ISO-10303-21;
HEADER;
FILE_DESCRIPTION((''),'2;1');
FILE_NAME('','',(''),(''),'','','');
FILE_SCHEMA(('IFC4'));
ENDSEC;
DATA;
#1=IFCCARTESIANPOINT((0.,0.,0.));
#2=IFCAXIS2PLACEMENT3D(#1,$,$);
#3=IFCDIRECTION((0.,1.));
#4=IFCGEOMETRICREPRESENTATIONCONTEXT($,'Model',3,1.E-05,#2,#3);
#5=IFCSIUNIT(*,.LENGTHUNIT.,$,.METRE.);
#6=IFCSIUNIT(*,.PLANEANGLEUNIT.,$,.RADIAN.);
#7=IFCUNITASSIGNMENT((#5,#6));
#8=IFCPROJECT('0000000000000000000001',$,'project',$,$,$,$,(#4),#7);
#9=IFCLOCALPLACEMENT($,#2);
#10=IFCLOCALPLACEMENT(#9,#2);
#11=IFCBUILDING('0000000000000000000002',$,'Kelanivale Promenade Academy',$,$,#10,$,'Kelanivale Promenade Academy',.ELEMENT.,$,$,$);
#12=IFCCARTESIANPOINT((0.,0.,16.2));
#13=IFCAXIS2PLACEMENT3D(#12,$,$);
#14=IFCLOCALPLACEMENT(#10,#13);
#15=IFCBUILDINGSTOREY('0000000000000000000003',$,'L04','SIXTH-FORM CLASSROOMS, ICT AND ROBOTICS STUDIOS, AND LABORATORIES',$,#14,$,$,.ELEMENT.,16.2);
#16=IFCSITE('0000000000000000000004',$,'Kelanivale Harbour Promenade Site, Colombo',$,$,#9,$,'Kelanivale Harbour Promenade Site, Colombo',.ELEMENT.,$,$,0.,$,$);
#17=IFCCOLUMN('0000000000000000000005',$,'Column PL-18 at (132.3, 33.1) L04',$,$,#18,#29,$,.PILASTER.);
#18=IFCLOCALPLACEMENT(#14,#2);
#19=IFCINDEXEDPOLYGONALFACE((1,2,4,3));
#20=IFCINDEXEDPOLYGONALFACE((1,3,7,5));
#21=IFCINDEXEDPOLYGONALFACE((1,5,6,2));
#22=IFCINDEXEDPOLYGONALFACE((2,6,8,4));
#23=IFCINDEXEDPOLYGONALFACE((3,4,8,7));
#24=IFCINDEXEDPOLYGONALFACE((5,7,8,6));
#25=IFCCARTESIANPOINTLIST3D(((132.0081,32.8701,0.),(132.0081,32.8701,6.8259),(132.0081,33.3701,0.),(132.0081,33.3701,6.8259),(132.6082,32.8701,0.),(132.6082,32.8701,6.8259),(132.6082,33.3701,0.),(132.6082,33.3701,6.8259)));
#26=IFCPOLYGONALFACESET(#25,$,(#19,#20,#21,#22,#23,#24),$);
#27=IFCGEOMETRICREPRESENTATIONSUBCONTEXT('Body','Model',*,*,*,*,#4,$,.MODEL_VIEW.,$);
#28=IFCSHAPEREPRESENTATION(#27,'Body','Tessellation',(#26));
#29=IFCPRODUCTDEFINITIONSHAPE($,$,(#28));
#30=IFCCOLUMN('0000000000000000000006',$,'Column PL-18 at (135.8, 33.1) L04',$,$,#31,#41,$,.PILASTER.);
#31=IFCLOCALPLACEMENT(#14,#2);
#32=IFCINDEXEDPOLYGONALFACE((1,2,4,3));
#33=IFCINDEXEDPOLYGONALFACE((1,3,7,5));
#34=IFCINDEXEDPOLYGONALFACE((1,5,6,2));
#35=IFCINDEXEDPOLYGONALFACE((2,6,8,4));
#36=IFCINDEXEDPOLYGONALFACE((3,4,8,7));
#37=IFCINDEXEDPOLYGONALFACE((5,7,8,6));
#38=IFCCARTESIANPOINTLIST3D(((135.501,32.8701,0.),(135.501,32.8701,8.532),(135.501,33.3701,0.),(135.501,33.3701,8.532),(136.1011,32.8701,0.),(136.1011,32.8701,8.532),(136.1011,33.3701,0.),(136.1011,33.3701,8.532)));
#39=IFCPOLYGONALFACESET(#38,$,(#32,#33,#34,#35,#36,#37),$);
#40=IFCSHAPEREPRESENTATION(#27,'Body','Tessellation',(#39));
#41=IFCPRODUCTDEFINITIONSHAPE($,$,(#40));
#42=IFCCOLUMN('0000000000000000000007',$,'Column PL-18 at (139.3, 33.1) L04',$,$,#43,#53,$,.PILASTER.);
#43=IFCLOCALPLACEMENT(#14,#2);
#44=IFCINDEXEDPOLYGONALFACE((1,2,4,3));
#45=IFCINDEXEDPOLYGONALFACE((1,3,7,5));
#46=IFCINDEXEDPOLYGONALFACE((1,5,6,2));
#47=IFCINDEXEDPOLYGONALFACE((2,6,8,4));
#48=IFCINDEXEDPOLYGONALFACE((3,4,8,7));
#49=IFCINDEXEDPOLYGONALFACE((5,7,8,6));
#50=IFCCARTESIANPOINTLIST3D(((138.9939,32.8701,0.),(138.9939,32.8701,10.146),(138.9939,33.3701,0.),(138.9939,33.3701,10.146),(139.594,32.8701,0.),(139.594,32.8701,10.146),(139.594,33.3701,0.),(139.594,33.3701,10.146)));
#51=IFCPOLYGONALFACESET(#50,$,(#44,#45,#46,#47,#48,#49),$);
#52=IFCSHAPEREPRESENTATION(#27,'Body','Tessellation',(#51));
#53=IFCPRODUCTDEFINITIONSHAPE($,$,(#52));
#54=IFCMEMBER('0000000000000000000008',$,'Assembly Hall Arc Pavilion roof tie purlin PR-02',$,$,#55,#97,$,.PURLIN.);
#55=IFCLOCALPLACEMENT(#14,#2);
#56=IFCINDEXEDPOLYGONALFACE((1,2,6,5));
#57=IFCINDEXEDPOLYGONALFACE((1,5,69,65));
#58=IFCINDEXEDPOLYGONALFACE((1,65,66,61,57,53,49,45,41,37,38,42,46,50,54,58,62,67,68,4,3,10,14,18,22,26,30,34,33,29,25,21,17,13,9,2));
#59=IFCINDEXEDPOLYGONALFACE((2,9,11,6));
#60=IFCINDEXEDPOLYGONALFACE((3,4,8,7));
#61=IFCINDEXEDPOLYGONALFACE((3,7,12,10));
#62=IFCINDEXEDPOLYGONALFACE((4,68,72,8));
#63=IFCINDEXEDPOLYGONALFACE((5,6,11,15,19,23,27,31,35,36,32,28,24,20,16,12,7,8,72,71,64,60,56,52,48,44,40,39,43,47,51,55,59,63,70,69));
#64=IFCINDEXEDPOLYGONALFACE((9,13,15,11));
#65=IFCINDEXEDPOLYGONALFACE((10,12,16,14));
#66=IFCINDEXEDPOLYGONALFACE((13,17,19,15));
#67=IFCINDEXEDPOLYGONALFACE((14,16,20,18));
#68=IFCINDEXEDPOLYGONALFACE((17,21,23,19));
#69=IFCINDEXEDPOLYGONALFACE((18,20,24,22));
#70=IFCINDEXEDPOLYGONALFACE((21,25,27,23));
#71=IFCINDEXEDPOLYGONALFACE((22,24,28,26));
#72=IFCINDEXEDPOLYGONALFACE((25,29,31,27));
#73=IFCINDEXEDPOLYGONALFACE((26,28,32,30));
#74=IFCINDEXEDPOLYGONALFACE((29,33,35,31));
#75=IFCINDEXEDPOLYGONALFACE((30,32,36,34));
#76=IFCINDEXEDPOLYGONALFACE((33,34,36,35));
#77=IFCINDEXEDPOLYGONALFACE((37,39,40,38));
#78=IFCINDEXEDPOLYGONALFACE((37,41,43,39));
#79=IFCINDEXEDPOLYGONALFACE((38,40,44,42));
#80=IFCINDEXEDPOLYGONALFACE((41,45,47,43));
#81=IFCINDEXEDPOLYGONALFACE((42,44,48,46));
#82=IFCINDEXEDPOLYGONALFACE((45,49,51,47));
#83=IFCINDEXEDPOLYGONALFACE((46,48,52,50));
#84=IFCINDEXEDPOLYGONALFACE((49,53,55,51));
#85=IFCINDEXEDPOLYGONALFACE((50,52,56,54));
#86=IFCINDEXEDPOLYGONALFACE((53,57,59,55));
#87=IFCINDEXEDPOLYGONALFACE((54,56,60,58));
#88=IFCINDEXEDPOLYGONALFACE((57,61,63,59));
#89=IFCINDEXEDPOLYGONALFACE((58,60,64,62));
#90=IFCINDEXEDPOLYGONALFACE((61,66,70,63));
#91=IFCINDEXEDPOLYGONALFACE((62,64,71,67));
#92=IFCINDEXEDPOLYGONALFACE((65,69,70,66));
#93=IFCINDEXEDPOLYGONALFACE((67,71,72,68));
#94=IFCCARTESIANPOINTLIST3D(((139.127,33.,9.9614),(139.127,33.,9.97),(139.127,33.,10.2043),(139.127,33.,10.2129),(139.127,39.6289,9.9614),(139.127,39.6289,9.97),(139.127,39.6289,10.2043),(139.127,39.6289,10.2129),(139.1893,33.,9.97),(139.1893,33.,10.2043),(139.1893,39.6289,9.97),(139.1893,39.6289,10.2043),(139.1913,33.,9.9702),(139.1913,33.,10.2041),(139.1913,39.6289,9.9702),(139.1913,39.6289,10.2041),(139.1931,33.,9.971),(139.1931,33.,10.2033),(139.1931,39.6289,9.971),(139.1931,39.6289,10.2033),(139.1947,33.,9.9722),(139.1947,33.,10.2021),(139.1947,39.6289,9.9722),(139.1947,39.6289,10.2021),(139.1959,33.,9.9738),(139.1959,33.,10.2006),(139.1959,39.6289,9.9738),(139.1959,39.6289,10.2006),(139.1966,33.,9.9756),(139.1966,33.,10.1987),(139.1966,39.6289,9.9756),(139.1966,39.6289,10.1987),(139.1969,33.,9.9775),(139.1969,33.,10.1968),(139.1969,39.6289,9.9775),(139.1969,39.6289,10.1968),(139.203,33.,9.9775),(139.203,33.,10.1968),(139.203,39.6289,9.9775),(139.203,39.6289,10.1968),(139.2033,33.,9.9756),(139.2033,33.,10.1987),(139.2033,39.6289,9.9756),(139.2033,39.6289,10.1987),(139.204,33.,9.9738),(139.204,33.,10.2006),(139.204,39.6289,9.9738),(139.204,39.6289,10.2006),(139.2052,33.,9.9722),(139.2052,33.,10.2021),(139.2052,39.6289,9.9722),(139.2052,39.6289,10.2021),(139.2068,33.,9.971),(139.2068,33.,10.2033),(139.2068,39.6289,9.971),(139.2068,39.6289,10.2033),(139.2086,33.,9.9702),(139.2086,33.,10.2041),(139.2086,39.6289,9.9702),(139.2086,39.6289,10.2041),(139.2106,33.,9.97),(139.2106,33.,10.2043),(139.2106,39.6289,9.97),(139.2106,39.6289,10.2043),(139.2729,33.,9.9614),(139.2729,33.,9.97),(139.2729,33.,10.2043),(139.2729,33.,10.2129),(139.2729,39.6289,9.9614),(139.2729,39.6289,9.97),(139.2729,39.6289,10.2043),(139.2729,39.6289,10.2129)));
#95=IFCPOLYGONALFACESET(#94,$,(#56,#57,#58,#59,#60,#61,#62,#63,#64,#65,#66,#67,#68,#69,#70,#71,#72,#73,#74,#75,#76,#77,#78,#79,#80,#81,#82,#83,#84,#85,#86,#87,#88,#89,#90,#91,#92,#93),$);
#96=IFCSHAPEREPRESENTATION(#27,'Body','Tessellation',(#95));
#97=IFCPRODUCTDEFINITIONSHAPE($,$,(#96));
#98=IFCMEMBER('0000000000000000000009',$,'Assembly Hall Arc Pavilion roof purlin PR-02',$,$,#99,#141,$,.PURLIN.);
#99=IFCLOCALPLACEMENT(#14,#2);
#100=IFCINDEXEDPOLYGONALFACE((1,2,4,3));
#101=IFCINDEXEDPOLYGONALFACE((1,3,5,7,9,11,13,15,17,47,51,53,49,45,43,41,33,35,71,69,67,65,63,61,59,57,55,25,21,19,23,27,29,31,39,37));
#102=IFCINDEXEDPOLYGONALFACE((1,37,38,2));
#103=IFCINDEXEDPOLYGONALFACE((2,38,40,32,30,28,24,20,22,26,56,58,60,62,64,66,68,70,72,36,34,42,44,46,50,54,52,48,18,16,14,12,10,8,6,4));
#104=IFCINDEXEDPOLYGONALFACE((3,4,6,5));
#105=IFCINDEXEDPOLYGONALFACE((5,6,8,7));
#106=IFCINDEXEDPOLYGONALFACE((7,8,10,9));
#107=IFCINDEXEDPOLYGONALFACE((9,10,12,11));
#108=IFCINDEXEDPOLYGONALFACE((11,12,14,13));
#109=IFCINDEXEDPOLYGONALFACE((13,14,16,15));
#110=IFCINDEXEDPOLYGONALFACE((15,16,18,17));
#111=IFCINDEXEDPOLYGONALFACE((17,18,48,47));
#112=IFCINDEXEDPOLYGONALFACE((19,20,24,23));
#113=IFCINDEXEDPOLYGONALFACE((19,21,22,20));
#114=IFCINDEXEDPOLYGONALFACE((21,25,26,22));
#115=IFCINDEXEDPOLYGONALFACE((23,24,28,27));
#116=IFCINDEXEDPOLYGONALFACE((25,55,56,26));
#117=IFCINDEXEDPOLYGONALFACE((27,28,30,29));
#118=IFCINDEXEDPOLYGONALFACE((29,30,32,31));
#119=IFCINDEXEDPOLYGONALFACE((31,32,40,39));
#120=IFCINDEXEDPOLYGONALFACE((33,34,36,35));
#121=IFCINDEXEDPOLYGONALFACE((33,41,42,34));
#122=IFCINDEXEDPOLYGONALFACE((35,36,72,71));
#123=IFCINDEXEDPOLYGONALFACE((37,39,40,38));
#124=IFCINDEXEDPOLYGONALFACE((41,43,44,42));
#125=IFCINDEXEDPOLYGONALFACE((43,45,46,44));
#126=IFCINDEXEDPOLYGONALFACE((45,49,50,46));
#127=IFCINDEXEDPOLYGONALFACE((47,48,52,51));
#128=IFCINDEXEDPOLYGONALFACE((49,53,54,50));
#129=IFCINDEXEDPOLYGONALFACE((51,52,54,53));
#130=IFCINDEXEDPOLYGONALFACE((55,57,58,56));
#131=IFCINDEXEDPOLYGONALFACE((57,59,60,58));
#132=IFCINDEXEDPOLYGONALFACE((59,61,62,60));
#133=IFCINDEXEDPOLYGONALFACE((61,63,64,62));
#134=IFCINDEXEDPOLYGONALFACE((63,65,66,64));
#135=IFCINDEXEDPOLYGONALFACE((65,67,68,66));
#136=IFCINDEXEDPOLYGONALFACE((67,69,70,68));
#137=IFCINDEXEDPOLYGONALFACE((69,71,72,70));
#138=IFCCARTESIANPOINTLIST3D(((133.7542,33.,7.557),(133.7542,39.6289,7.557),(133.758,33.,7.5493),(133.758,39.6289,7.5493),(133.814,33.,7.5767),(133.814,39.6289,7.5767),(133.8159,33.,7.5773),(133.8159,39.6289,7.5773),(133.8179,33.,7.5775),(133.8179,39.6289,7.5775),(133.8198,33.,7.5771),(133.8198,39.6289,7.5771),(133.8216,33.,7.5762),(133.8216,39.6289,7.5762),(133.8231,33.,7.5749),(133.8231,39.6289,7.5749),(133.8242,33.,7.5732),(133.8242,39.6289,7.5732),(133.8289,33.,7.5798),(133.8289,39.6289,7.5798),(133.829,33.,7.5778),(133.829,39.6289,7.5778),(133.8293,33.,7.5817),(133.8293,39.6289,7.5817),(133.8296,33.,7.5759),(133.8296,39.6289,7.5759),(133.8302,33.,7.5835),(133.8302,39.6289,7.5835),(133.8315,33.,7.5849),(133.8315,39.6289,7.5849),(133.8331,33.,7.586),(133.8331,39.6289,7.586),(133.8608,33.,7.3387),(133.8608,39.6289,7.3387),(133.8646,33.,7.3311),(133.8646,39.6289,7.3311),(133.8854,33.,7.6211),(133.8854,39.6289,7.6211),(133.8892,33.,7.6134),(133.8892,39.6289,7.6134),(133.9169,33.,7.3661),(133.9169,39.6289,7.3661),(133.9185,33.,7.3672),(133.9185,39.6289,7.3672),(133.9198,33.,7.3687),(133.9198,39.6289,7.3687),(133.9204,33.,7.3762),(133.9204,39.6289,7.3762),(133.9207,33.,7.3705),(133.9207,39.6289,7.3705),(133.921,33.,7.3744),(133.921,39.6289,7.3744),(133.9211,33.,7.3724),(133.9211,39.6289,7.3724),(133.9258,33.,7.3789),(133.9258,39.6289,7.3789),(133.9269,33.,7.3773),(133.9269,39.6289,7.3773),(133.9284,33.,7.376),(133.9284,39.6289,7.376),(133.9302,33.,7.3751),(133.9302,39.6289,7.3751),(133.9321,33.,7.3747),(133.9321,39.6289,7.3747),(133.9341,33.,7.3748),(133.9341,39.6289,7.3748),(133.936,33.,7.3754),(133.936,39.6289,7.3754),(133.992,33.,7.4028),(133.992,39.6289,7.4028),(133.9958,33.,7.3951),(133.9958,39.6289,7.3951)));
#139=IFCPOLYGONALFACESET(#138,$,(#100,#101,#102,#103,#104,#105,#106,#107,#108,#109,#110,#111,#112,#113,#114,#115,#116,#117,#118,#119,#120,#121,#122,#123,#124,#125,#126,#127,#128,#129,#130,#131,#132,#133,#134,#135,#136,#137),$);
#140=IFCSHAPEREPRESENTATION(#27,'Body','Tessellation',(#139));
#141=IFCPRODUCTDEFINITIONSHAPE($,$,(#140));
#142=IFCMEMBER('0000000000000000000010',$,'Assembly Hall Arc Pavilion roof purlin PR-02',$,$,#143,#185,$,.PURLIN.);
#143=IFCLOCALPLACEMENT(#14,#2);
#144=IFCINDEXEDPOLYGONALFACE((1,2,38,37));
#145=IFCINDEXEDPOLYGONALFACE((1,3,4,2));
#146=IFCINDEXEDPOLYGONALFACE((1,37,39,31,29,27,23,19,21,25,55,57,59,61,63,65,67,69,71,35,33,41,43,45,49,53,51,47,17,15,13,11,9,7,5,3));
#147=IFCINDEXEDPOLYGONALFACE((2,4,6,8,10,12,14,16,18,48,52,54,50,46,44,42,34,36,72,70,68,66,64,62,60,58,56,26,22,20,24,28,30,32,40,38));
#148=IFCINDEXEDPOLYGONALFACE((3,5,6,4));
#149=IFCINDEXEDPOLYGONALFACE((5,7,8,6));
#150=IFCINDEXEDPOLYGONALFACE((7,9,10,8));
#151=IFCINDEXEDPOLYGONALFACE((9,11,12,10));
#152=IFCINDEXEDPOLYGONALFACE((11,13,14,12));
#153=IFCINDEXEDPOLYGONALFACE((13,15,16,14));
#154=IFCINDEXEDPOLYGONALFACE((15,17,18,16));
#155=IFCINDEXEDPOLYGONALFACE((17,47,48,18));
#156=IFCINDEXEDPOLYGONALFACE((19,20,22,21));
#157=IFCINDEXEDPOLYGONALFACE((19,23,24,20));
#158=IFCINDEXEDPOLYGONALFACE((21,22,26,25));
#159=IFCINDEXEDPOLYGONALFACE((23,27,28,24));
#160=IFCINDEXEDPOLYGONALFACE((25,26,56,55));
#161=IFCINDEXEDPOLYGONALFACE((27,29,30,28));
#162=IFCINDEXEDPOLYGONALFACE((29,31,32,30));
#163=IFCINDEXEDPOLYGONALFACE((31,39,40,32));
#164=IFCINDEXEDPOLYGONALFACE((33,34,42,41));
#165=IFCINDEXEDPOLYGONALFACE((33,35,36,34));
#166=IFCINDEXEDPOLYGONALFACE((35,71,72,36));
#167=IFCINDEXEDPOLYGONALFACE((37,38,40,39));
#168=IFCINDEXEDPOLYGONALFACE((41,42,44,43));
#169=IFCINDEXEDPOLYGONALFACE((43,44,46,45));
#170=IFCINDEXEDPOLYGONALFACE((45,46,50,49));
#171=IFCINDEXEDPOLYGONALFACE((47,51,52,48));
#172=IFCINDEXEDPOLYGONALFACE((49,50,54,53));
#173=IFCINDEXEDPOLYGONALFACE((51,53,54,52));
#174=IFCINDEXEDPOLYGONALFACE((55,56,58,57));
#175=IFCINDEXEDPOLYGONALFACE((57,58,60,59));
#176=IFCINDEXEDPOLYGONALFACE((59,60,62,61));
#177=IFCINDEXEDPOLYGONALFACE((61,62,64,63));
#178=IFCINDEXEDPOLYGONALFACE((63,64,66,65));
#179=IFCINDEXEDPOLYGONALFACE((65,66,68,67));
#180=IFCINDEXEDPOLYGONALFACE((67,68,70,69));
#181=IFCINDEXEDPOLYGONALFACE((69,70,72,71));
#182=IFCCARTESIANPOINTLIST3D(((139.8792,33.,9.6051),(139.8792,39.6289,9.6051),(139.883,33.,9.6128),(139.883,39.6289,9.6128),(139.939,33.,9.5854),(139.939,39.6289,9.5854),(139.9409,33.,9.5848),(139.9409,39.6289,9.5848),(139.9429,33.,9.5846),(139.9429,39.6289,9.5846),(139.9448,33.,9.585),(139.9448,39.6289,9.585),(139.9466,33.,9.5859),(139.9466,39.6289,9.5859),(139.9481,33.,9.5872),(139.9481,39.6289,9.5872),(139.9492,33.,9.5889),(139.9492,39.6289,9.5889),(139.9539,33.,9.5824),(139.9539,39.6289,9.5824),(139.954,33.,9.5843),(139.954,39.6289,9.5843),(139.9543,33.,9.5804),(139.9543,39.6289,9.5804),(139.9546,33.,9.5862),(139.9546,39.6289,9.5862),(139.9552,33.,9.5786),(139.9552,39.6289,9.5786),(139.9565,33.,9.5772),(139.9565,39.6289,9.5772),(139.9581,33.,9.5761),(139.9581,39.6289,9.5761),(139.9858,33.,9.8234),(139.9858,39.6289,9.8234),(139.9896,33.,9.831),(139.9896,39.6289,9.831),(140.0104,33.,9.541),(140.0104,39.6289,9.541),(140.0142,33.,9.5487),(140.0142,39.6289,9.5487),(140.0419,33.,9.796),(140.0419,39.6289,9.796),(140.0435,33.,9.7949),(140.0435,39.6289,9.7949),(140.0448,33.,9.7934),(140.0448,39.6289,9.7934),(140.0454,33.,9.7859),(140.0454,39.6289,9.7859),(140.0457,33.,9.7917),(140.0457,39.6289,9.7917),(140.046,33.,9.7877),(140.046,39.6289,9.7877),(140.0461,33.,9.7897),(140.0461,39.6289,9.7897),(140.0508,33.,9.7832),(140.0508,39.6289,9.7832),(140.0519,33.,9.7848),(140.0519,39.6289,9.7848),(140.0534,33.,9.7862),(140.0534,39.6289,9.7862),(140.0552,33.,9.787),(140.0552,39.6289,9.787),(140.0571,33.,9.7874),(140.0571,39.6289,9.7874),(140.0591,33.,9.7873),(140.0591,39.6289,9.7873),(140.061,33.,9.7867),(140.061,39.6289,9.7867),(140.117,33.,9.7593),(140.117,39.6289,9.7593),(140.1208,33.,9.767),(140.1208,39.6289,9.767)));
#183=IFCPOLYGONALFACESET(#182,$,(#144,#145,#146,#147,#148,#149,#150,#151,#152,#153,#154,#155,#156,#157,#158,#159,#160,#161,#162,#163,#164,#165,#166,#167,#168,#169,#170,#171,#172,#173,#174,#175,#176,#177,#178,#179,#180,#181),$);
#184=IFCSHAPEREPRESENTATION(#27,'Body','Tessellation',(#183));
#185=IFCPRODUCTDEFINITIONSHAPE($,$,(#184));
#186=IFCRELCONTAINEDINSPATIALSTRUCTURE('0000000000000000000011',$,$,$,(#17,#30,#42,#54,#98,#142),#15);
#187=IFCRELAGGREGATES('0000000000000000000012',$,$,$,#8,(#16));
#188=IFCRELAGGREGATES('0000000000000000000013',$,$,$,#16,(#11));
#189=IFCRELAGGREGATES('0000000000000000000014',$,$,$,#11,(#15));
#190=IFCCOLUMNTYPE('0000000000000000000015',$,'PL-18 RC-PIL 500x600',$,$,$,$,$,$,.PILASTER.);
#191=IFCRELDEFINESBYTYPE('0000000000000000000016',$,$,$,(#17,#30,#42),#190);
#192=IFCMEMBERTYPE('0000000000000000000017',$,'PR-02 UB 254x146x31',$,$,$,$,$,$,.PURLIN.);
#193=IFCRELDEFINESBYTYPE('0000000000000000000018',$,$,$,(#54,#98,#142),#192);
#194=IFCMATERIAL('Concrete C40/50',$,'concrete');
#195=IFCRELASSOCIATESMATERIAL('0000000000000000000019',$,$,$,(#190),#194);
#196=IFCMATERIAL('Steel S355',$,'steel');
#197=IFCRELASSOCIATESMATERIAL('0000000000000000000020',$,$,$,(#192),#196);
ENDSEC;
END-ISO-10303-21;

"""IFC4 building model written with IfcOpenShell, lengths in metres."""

from ifc_helpers import new_model, si_unit, direction, frame, origin, origin_2d, place, context, subcontext, project, spatial, rectangle, i_section, extrude, material, material_profile, profile_set, type_object, element, save


model = new_model("IFC4")

# Units and contexts
model_context = context("Model", 3, precision=1e-05, world=origin(), true_north=direction((0.0, 1.0)))
body_context = subcontext(model_context, "Body", "Model", "MODEL_VIEW")
ifc_project = project(units=[si_unit("LENGTHUNIT", "METRE"), si_unit("PLANEANGLEUNIT", "RADIAN")], contexts=[model_context])

# Site, building, storey
site_placement = place(None, origin())
site = spatial("IfcSite", under=ifc_project, at=site_placement, Name="Kelanivale Harbour Promenade Site, Colombo", LongName="Kelanivale Harbour Promenade Site, Colombo", CompositionType="ELEMENT", RefElevation=0.0)
building_placement = place(site_placement, origin())
building = spatial("IfcBuilding", under=site, at=building_placement, Name="Kelanivale Promenade Academy", LongName="Kelanivale Promenade Academy", CompositionType="ELEMENT")
storey_placement = place(building_placement, frame((0.0, 0.0, 16.2)))
storey = spatial("IfcBuildingStorey", under=building, at=storey_placement, Name="L04", Description="SIXTH-FORM CLASSROOMS, ICT AND ROBOTICS STUDIOS, AND LABORATORIES", CompositionType="ELEMENT", Elevation=16.2)

# Columns
ifc_material_1 = material(Name="Concrete C40/50", Category="concrete")
ifc_material_profile_1 = material_profile(ifc_material_1, rectangle(XDim=0.5, YDim=0.6001, at=origin_2d()), Name="RC-PIL 500x600")
ifc_profile_set_1 = profile_set([ifc_material_profile_1], Name="Concrete C40/50")
column_type = type_object("IfcColumnType", Name="PL-18 RC-PIL 500x600", PredefinedType="PILASTER", material=ifc_profile_set_1)
column_1_placement = place(storey_placement, frame((132.3081, 33.1201, 0.0), z_axis=(0.0, 0.0, 1.0), x_axis=(0.0, 1.0, 0.0)))
element("IfcColumn", 1, at=column_1_placement, inside=storey, type_object=column_type, Name="Column PL-18 at (132.3, 33.1) L04", PredefinedType="PILASTER", context=body_context, shape_type="SweptSolid", body=[
    extrude(rectangle(XDim=0.5, YDim=0.6001, at=origin_2d()), origin(), (0.0, 0.0, 1.0), 6.8259),
])
column_2_placement = place(storey_placement, frame((135.801, 33.1201, 0.0), z_axis=(0.0, 0.0, 1.0), x_axis=(0.0, 1.0, 0.0)))
element("IfcColumn", 2, at=column_2_placement, inside=storey, type_object=column_type, Name="Column PL-18 at (135.8, 33.1) L04", PredefinedType="PILASTER", context=body_context, shape_type="SweptSolid", body=[
    extrude(rectangle(XDim=0.5, YDim=0.6001, at=origin_2d()), origin(), (0.0, 0.0, 1.0), 8.532),
])
column_3_placement = place(storey_placement, frame((139.2939, 33.1201, 0.0), z_axis=(0.0, 0.0, 1.0), x_axis=(0.0, 1.0, 0.0)))
element("IfcColumn", 3, at=column_3_placement, inside=storey, type_object=column_type, Name="Column PL-18 at (139.3, 33.1) L04", PredefinedType="PILASTER", context=body_context, shape_type="SweptSolid", body=[
    extrude(rectangle(XDim=0.5, YDim=0.6001, at=origin_2d()), origin(), (0.0, 0.0, 1.0), 10.146),
])

# Members
ifc_material_2 = material(Name="Steel S355", Category="steel")
ifc_material_profile_2 = material_profile(ifc_material_2, i_section(OverallWidth=0.146, OverallDepth=0.2515, WebThickness=0.0061, FlangeThickness=0.0085, FilletRadius=0.0076, at=origin_2d()), Name="UB 254x146x31")
ifc_profile_set_2 = profile_set([ifc_material_profile_2], Name="Steel S355")
member_type_1 = type_object("IfcMemberType", Name="PR-02 UB 254x146x31", PredefinedType="PURLIN", material=ifc_profile_set_2)
for number, where, z_axis, x_axis, name in (
    (4, (139.2, 33.0, 10.0872), (0.0, 1.0, 0.0), (-1.0, 0.0, 0.0), "Assembly Hall Arc Pavilion roof tie purlin PR-02"),
    (5, (133.875, 33.0, 7.4761), (0.0, 1.0, 0.0), (-0.898564, 0.0, -0.438842), "Assembly Hall Arc Pavilion roof purlin PR-02"),
    (6, (140.0, 33.0, 9.686), (0.0, 1.0, 0.0), (-0.898564, 0.0, 0.438842), "Assembly Hall Arc Pavilion roof purlin PR-02"),
):
    element("IfcMember", number, at=place(storey_placement, frame(where, z_axis=z_axis, x_axis=x_axis)), inside=storey, type_object=member_type_1, Name=name, PredefinedType="PURLIN", context=body_context, shape_type="SweptSolid", body=[
        extrude(i_section(OverallWidth=0.146, OverallDepth=0.2515, WebThickness=0.0061, FlangeThickness=0.0085, FilletRadius=0.0076, at=origin_2d()), origin(), (0.0, 0.0, 1.0), 6.6289),
    ])

save(model, "model.ifc")
